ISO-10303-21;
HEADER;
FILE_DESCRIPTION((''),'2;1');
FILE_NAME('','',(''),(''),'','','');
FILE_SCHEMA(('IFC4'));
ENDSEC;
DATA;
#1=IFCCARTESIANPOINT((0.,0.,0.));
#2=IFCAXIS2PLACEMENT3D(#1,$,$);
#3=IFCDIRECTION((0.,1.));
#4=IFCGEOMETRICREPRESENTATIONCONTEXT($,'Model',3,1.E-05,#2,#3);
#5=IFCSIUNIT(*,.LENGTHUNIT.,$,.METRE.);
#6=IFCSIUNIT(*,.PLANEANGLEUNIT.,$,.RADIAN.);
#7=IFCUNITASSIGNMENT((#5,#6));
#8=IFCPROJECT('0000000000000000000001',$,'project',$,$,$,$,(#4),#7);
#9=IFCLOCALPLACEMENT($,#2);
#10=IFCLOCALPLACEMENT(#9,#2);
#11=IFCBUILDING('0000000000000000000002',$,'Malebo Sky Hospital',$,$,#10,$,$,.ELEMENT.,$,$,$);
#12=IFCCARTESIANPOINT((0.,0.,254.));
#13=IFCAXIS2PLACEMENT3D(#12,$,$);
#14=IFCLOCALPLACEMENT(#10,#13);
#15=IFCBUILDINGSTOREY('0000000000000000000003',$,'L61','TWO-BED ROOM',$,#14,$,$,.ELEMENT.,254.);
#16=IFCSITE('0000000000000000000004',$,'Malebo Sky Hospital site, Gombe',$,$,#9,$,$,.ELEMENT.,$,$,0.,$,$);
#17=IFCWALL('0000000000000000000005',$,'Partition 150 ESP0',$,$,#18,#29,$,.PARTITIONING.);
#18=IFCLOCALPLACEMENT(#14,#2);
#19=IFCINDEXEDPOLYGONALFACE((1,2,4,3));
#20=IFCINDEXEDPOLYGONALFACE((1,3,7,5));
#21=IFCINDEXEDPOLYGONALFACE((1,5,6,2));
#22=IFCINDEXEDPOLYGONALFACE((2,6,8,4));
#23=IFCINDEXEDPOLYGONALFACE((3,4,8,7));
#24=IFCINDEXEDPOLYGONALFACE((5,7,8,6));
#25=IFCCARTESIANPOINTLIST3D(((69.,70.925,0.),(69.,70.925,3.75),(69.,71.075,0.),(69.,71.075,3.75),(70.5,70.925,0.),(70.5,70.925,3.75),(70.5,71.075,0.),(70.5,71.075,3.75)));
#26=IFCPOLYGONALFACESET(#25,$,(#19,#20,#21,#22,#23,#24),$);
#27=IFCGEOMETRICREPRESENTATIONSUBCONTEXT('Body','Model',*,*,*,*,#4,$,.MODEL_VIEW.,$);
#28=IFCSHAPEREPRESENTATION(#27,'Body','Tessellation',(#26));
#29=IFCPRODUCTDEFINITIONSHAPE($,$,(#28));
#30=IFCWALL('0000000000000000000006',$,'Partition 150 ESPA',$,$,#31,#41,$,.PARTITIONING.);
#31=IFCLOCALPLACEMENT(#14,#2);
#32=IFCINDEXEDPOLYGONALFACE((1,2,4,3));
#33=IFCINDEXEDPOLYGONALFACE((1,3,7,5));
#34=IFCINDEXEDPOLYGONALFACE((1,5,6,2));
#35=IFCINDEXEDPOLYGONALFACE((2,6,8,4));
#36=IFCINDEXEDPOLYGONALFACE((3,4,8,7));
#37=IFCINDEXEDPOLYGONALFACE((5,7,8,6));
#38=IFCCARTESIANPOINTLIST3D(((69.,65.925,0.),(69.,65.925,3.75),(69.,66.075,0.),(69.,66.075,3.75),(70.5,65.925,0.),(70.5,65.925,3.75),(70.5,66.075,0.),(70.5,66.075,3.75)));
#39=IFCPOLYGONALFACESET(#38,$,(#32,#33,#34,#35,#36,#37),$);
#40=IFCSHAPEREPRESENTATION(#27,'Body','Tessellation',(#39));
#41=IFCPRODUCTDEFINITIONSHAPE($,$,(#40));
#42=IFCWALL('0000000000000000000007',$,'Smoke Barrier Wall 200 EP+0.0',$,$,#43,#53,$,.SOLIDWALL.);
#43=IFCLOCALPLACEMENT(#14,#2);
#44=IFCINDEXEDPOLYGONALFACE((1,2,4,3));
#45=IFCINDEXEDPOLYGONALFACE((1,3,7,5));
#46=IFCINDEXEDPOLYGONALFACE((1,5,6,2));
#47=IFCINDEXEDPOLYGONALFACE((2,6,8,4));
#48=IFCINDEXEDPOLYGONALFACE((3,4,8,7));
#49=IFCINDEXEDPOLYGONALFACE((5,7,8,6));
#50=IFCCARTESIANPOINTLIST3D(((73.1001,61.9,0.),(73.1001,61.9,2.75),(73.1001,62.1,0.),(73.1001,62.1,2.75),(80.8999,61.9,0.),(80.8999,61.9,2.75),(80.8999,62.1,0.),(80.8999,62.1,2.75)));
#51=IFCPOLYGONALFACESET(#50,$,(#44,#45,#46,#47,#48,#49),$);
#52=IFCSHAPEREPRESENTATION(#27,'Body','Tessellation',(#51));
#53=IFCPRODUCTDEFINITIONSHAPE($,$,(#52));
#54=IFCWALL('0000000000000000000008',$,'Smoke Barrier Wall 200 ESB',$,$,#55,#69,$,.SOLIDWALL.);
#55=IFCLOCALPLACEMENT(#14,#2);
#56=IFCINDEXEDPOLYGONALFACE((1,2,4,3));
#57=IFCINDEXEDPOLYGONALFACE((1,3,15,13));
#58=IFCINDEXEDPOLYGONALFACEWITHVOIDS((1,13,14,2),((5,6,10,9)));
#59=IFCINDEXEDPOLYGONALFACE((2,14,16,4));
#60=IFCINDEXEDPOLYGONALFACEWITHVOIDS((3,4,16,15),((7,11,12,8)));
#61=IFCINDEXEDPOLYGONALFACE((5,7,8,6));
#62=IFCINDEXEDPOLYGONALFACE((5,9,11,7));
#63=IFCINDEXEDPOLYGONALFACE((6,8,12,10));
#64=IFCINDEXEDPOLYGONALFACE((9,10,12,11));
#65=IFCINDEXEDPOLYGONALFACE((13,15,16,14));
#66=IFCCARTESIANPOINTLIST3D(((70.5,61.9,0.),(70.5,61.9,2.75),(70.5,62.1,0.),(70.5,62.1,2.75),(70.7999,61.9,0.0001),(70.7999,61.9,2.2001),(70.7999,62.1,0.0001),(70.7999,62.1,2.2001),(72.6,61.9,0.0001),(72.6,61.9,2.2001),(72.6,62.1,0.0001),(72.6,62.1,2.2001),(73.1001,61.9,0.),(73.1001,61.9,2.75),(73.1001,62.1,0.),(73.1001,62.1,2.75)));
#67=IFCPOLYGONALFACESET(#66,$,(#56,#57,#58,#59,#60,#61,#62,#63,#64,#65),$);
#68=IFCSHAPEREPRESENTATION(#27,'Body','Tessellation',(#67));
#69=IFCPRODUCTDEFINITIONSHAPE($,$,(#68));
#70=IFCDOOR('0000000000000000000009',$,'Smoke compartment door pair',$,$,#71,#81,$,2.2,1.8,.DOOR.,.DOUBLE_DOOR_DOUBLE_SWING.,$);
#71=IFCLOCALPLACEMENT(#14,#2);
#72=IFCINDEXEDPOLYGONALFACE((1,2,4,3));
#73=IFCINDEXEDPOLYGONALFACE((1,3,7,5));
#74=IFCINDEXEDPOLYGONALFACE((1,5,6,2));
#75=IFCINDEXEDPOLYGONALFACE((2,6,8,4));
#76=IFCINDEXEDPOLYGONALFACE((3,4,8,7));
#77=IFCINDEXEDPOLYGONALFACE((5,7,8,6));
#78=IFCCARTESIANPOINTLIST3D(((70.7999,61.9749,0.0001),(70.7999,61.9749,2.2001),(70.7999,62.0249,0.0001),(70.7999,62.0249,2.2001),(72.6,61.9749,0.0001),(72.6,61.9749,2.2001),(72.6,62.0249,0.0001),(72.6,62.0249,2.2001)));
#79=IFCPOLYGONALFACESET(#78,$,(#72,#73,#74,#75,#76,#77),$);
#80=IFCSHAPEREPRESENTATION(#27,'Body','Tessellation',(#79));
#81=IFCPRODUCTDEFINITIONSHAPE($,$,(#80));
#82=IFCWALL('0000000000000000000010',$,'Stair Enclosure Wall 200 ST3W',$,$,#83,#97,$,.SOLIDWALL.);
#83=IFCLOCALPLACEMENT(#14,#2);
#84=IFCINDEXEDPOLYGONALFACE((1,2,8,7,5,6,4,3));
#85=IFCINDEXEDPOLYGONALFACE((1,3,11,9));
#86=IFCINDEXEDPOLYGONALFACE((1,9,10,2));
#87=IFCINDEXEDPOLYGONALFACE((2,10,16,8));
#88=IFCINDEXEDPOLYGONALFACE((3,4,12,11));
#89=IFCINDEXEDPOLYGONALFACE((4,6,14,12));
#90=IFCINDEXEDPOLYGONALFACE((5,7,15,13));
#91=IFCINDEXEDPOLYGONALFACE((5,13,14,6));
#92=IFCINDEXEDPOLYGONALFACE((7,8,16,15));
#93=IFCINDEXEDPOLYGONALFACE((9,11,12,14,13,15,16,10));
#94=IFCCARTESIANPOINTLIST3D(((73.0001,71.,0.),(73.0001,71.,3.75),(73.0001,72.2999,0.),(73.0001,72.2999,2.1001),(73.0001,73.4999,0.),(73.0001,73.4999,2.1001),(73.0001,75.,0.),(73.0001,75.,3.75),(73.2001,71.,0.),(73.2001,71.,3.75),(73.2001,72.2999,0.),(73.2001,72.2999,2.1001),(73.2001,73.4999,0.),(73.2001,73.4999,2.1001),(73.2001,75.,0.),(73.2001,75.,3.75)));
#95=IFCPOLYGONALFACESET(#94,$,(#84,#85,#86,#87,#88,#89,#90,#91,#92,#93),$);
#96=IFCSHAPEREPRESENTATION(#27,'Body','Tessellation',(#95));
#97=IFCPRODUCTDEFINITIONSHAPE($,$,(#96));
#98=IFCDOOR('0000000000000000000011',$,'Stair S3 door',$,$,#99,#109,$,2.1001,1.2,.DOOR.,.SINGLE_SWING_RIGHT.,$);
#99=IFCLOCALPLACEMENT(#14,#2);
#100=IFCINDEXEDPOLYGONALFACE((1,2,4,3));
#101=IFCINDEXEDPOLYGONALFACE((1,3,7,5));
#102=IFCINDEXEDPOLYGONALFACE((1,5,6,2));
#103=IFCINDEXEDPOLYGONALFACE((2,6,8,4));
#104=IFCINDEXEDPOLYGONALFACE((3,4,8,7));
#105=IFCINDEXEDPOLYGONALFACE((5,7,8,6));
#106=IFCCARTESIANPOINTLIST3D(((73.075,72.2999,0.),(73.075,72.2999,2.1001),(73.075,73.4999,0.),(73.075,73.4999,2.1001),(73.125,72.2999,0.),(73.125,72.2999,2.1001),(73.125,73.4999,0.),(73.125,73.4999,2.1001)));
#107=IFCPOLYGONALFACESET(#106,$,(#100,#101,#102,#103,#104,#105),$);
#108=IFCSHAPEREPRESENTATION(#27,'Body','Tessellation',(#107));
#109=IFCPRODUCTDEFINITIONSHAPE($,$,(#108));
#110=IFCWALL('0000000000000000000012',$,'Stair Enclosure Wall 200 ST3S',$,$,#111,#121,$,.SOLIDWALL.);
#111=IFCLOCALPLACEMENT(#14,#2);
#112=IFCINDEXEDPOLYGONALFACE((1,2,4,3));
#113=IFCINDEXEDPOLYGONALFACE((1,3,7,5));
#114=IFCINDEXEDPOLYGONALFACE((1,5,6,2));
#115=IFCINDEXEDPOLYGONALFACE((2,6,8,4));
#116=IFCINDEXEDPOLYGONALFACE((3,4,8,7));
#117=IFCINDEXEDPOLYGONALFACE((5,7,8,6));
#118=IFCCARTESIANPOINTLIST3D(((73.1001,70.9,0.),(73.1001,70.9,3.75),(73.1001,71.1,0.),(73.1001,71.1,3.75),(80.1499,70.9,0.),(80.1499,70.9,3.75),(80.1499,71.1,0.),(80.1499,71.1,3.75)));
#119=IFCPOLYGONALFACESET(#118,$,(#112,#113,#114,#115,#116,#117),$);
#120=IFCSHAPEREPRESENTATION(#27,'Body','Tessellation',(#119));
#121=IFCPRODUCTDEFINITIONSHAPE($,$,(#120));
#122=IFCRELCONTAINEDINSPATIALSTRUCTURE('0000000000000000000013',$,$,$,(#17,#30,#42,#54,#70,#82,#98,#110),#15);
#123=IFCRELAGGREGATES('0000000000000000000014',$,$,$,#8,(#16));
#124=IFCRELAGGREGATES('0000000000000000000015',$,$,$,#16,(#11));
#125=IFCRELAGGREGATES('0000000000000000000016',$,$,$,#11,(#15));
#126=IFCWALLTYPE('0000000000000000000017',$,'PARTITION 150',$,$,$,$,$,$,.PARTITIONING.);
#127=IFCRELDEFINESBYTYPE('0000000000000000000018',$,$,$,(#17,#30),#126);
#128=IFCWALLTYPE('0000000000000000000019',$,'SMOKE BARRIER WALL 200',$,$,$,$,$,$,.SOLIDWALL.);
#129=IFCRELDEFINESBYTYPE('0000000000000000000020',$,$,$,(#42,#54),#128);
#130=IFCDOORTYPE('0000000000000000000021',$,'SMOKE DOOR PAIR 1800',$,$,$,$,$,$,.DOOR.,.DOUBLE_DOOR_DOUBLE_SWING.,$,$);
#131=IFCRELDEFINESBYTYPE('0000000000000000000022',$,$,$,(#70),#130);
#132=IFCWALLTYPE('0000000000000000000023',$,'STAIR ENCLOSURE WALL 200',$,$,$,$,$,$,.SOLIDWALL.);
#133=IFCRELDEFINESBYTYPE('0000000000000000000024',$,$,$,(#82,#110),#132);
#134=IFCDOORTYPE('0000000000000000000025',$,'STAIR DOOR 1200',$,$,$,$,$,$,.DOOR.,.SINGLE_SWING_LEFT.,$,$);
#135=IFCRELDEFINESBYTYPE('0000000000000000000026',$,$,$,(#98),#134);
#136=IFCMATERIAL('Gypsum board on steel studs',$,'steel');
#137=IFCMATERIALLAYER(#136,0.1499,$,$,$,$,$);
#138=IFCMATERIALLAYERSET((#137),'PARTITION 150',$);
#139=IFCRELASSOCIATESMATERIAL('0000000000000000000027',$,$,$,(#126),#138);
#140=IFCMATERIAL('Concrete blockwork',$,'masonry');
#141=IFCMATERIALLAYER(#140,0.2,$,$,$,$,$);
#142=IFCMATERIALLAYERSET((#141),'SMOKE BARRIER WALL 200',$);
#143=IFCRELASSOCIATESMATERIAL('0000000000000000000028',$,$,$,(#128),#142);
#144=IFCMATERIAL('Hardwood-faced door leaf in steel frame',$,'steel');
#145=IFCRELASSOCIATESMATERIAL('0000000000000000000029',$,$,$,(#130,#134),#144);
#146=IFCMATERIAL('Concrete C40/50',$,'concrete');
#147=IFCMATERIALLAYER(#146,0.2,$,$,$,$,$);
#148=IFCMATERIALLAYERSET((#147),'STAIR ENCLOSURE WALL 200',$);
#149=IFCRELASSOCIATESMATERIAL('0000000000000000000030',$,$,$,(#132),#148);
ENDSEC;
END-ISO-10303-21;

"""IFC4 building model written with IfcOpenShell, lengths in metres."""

from ifc_helpers import new_model, si_unit, direction, frame, frame_2d, origin, place, context, subcontext, project, spatial, rectangle, extrude, material, layer, layer_set, type_object, element, fill, save


model = new_model("IFC4")

# Units and contexts
model_context = context("Model", 3, precision=1e-05, world=origin(), true_north=direction((0.0, 1.0)))
body_context = subcontext(model_context, "Body", "Model", "MODEL_VIEW")
ifc_project = project(units=[si_unit("LENGTHUNIT", "METRE"), si_unit("PLANEANGLEUNIT", "RADIAN")], contexts=[model_context])

# Site, building, storey
site_placement = place(None, origin())
site = spatial("IfcSite", under=ifc_project, at=site_placement, Name="Malebo Sky Hospital site, Gombe", CompositionType="ELEMENT", RefElevation=0.0)
building_placement = place(site_placement, origin())
building = spatial("IfcBuilding", under=site, at=building_placement, Name="Malebo Sky Hospital", CompositionType="ELEMENT")
storey_placement = place(building_placement, frame((0.0, 0.0, 254.0)))
storey = spatial("IfcBuildingStorey", under=building, at=storey_placement, Name="L61", Description="TWO-BED ROOM", CompositionType="ELEMENT", Elevation=254.0)

# Shared definitions
ifc_material_1 = material(Name="Gypsum board on steel studs", Category="steel")
ifc_material_2 = material(Name="Hardwood-faced door leaf in steel frame", Category="steel")

# Walls
ifc_layer_1 = layer(ifc_material_1, 0.1499)
ifc_layer_set_1 = layer_set([ifc_layer_1], Name="PARTITION 150")
wall_type_1 = type_object("IfcWallType", Name="PARTITION 150", PredefinedType="PARTITIONING", material=ifc_layer_set_1)
for number, where, z_axis, x_axis, name in (
    (1, (69.0, 71.0, 0.0), (0.0, 0.0, 1.0), (1.0, 0.0, 0.0), "Partition 150 ESP0"),
    (2, (69.0, 66.0, 0.0), (0.0, 0.0, 1.0), (1.0, 0.0, 0.0), "Partition 150 ESPA"),
):
    element("IfcWall", number, at=place(storey_placement, frame(where, z_axis=z_axis, x_axis=x_axis)), inside=storey, type_object=wall_type_1, Name=name, PredefinedType="PARTITIONING", context=body_context, shape_type="SweptSolid", body=[
        extrude(rectangle(XDim=1.5, YDim=0.1499, at=frame_2d((0.75, 0.0))), origin(), (0.0, 0.0, 1.0), 3.75),
    ])
ifc_material_3 = material(Name="Concrete blockwork", Category="masonry")
ifc_layer_2 = layer(ifc_material_3, 0.2)
ifc_layer_set_2 = layer_set([ifc_layer_2], Name="SMOKE BARRIER WALL 200")
wall_type_2 = type_object("IfcWallType", Name="SMOKE BARRIER WALL 200", PredefinedType="SOLIDWALL", material=ifc_layer_set_2)
wall_1_placement = place(storey_placement, frame((73.1001, 62.0, 0.0), z_axis=(0.0, 0.0, 1.0), x_axis=(1.0, 0.0, 0.0)))
element("IfcWall", 3, at=wall_1_placement, inside=storey, type_object=wall_type_2, Name="Smoke Barrier Wall 200 EP+0.0", PredefinedType="SOLIDWALL", context=body_context, shape_type="SweptSolid", body=[
    extrude(rectangle(XDim=7.7998, YDim=0.2, at=frame_2d((3.8999, 0.0))), origin(), (0.0, 0.0, 1.0), 2.75),
])

# Walls, openings, doors
wall_2_placement = place(storey_placement, frame((70.5, 62.0, 0.0), z_axis=(0.0, 0.0, 1.0), x_axis=(1.0, 0.0, 0.0)))
wall_2 = element("IfcWall", 4, at=wall_2_placement, inside=storey, type_object=wall_type_2, Name="Smoke Barrier Wall 200 ESB", PredefinedType="SOLIDWALL", context=body_context, shape_type="SweptSolid", body=[
    extrude(rectangle(XDim=2.6001, YDim=0.2, at=frame_2d((1.3, 0.0))), origin(), (0.0, 0.0, 1.0), 2.75),
])
opening_1_placement = place(wall_2_placement, frame((0.3, 0.0, 0.0)))
opening_1 = element("IfcOpeningElement", 5, at=opening_1_placement, cuts=wall_2, PredefinedType="OPENING", context=body_context, shape_type="SweptSolid", body=[
    extrude(rectangle(XDim=1.8, YDim=2.2, at=frame_2d((0.8999, 1.1001))), frame((0.0, 0.1099, 0.0), z_axis=(0.0, -1.0, 0.0), x_axis=(1.0, 0.0, 0.0)), (0.0, 0.0, 1.0), 0.22),
])
door_type_1 = type_object("IfcDoorType", Name="SMOKE DOOR PAIR 1800", OperationType="DOUBLE_DOOR_DOUBLE_SWING", PredefinedType="DOOR", material=ifc_material_2)
door_1_placement = place(opening_1_placement, origin())
door_1 = element("IfcDoor", 6, at=door_1_placement, inside=storey, type_object=door_type_1, Name="Smoke compartment door pair", OperationType="DOUBLE_DOOR_DOUBLE_SWING", OverallHeight=2.2, OverallWidth=1.8, PredefinedType="DOOR", context=body_context, shape_type="SweptSolid", body=[
    extrude(rectangle(XDim=1.8, YDim=2.2, at=frame_2d((0.8999, 1.1001))), frame((0.0, 0.0249, 0.0), z_axis=(0.0, -1.0, 0.0), x_axis=(1.0, 0.0, 0.0)), (0.0, 0.0, 1.0), 0.05),
])
fill(opening_1, door_1)
ifc_material_4 = material(Name="Concrete C40/50", Category="concrete")
ifc_layer_3 = layer(ifc_material_4, 0.2)
ifc_layer_set_3 = layer_set([ifc_layer_3], Name="STAIR ENCLOSURE WALL 200")
wall_type_3 = type_object("IfcWallType", Name="STAIR ENCLOSURE WALL 200", PredefinedType="SOLIDWALL", material=ifc_layer_set_3)
wall_3_placement = place(storey_placement, frame((73.1001, 75.0, 0.0), z_axis=(0.0, 0.0, 1.0), x_axis=(0.0, -1.0, 0.0)))
wall_3 = element("IfcWall", 7, at=wall_3_placement, inside=storey, type_object=wall_type_3, Name="Stair Enclosure Wall 200 ST3W", PredefinedType="SOLIDWALL", context=body_context, shape_type="SweptSolid", body=[
    extrude(rectangle(XDim=4.0, YDim=0.2, at=frame_2d((2.0, 0.0))), origin(), (0.0, 0.0, 1.0), 3.75),
])
opening_2_placement = place(wall_3_placement, frame((1.5, 0.0, 0.0)))
opening_2 = element("IfcOpeningElement", 8, at=opening_2_placement, cuts=wall_3, PredefinedType="OPENING", context=body_context, shape_type="SweptSolid", body=[
    extrude(rectangle(XDim=1.2, YDim=2.1001, at=frame_2d((0.6001, 1.05))), frame((0.0, 0.1099, 0.0), z_axis=(0.0, -1.0, 0.0), x_axis=(1.0, 0.0, 0.0)), (0.0, 0.0, 1.0), 0.22),
])
door_type_2 = type_object("IfcDoorType", Name="STAIR DOOR 1200", OperationType="SINGLE_SWING_LEFT", PredefinedType="DOOR", material=ifc_material_2)
door_2_placement = place(opening_2_placement, origin())
door_2 = element("IfcDoor", 9, at=door_2_placement, inside=storey, type_object=door_type_2, Name="Stair S3 door", OperationType="SINGLE_SWING_RIGHT", OverallHeight=2.1001, OverallWidth=1.2, PredefinedType="DOOR", context=body_context, shape_type="SweptSolid", body=[
    extrude(rectangle(XDim=1.2, YDim=2.1001, at=frame_2d((0.6001, 1.05))), frame((0.0, 0.0249, 0.0), z_axis=(0.0, -1.0, 0.0), x_axis=(1.0, 0.0, 0.0)), (0.0, 0.0, 1.0), 0.05),
])
fill(opening_2, door_2)

# Wall
wall_4_placement = place(storey_placement, frame((73.1001, 71.0, 0.0), z_axis=(0.0, 0.0, 1.0), x_axis=(1.0, 0.0, 0.0)))
element("IfcWall", 10, at=wall_4_placement, inside=storey, type_object=wall_type_3, Name="Stair Enclosure Wall 200 ST3S", PredefinedType="SOLIDWALL", context=body_context, shape_type="SweptSolid", body=[
    extrude(rectangle(XDim=7.0498, YDim=0.2, at=frame_2d((3.5249, 0.0))), origin(), (0.0, 0.0, 1.0), 3.75),
])

save(model, "model.ifc")
